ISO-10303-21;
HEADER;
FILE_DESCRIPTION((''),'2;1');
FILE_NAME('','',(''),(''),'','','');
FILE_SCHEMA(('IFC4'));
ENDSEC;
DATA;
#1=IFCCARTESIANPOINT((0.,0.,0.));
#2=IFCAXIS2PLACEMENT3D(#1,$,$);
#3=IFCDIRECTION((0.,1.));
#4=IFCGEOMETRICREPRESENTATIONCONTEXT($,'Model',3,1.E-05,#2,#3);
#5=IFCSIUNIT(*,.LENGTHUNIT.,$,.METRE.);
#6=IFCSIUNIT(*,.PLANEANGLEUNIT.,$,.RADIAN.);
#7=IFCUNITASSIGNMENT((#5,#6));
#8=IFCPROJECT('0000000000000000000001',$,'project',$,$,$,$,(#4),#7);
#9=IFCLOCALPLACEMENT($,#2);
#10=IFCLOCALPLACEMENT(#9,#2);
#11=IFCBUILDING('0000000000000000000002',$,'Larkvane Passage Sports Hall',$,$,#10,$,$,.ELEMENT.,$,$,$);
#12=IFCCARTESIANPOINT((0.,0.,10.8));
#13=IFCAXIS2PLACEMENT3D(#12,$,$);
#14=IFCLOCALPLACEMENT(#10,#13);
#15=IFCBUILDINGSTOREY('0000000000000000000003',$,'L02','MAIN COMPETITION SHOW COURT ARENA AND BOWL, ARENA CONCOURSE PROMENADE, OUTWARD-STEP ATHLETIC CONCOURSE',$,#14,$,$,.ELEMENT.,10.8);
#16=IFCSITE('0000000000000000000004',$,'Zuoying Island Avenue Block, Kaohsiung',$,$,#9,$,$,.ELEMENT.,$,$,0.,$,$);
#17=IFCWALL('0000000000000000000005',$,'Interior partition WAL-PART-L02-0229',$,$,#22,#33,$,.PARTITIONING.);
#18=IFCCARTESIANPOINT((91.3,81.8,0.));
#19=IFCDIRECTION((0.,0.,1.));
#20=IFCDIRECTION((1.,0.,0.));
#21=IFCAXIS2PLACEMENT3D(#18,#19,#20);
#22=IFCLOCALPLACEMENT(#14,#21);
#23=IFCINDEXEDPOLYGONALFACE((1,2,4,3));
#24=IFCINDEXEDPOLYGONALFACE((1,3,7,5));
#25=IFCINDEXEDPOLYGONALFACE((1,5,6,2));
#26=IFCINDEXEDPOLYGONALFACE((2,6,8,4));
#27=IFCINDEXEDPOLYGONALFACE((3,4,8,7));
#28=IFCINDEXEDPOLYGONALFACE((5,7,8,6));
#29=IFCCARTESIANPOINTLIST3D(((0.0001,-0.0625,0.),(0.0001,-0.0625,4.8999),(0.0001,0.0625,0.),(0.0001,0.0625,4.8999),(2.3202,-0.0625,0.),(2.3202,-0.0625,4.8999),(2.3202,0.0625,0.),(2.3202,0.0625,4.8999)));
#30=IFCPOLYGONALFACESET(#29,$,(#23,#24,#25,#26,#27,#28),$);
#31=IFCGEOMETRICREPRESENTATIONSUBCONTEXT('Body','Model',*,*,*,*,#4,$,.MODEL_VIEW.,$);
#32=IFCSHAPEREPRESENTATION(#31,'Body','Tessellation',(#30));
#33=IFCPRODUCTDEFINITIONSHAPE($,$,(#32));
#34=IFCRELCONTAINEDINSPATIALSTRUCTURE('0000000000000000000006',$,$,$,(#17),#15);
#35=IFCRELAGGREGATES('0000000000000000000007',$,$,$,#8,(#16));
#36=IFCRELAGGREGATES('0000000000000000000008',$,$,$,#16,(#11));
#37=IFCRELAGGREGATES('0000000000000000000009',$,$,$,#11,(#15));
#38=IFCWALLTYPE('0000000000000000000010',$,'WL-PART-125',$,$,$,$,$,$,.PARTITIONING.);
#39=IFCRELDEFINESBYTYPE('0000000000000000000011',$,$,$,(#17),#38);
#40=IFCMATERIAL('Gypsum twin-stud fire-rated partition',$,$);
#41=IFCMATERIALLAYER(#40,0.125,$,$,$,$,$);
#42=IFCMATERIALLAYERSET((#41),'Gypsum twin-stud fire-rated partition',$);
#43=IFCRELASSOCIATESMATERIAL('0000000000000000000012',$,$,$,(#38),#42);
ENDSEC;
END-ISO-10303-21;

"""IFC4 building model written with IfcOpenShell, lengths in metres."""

from ifc_helpers import new_model, si_unit, direction, frame, frame_2d, origin, place, context, subcontext, project, spatial, rectangle, extrude, material, layer, layer_set, type_object, element, save


model = new_model("IFC4")

# Units and contexts
model_context = context("Model", 3, precision=1e-05, world=origin(), true_north=direction((0.0, 1.0)))
body_context = subcontext(model_context, "Body", "Model", "MODEL_VIEW")
ifc_project = project(units=[si_unit("LENGTHUNIT", "METRE"), si_unit("PLANEANGLEUNIT", "RADIAN")], contexts=[model_context])

# Site, building, storey
site_placement = place(None, origin())
site = spatial("IfcSite", under=ifc_project, at=site_placement, Name="Zuoying Island Avenue Block, Kaohsiung", CompositionType="ELEMENT", RefElevation=0.0)
building_placement = place(site_placement, origin())
building = spatial("IfcBuilding", under=site, at=building_placement, Name="Larkvane Passage Sports Hall", CompositionType="ELEMENT")
storey_placement = place(building_placement, frame((0.0, 0.0, 10.8)))
storey = spatial("IfcBuildingStorey", under=building, at=storey_placement, Name="L02", Description="MAIN COMPETITION SHOW COURT ARENA AND BOWL, ARENA CONCOURSE PROMENADE, OUTWARD-STEP ATHLETIC CONCOURSE", CompositionType="ELEMENT", Elevation=10.8)

# Shared definitions
ifc_material_1 = material(Name="Gypsum twin-stud fire-rated partition")
ifc_layer_1 = layer(ifc_material_1, 0.125)
ifc_layer_set_1 = layer_set([ifc_layer_1], Name="Gypsum twin-stud fire-rated partition")
wall_type_1 = type_object("IfcWallType", Name="WL-PART-125", PredefinedType="PARTITIONING", material=ifc_layer_set_1)

# Wall
wall_1_placement = place(storey_placement, frame((91.3, 81.8, 0.0), z_axis=(0.0, 0.0, 1.0), x_axis=(1.0, 0.0, 0.0)))
element("IfcWall", 1, at=wall_1_placement, inside=storey, type_object=wall_type_1, Name="Interior partition WAL-PART-L02-0229", PredefinedType="PARTITIONING", context=body_context, shape_type="SweptSolid", body=[
    extrude(rectangle(XDim=2.3201, YDim=0.125, at=frame_2d((1.1602, 0.0))), origin(), (0.0, 0.0, 1.0), 4.8999),
])

save(model, "model.ifc")
